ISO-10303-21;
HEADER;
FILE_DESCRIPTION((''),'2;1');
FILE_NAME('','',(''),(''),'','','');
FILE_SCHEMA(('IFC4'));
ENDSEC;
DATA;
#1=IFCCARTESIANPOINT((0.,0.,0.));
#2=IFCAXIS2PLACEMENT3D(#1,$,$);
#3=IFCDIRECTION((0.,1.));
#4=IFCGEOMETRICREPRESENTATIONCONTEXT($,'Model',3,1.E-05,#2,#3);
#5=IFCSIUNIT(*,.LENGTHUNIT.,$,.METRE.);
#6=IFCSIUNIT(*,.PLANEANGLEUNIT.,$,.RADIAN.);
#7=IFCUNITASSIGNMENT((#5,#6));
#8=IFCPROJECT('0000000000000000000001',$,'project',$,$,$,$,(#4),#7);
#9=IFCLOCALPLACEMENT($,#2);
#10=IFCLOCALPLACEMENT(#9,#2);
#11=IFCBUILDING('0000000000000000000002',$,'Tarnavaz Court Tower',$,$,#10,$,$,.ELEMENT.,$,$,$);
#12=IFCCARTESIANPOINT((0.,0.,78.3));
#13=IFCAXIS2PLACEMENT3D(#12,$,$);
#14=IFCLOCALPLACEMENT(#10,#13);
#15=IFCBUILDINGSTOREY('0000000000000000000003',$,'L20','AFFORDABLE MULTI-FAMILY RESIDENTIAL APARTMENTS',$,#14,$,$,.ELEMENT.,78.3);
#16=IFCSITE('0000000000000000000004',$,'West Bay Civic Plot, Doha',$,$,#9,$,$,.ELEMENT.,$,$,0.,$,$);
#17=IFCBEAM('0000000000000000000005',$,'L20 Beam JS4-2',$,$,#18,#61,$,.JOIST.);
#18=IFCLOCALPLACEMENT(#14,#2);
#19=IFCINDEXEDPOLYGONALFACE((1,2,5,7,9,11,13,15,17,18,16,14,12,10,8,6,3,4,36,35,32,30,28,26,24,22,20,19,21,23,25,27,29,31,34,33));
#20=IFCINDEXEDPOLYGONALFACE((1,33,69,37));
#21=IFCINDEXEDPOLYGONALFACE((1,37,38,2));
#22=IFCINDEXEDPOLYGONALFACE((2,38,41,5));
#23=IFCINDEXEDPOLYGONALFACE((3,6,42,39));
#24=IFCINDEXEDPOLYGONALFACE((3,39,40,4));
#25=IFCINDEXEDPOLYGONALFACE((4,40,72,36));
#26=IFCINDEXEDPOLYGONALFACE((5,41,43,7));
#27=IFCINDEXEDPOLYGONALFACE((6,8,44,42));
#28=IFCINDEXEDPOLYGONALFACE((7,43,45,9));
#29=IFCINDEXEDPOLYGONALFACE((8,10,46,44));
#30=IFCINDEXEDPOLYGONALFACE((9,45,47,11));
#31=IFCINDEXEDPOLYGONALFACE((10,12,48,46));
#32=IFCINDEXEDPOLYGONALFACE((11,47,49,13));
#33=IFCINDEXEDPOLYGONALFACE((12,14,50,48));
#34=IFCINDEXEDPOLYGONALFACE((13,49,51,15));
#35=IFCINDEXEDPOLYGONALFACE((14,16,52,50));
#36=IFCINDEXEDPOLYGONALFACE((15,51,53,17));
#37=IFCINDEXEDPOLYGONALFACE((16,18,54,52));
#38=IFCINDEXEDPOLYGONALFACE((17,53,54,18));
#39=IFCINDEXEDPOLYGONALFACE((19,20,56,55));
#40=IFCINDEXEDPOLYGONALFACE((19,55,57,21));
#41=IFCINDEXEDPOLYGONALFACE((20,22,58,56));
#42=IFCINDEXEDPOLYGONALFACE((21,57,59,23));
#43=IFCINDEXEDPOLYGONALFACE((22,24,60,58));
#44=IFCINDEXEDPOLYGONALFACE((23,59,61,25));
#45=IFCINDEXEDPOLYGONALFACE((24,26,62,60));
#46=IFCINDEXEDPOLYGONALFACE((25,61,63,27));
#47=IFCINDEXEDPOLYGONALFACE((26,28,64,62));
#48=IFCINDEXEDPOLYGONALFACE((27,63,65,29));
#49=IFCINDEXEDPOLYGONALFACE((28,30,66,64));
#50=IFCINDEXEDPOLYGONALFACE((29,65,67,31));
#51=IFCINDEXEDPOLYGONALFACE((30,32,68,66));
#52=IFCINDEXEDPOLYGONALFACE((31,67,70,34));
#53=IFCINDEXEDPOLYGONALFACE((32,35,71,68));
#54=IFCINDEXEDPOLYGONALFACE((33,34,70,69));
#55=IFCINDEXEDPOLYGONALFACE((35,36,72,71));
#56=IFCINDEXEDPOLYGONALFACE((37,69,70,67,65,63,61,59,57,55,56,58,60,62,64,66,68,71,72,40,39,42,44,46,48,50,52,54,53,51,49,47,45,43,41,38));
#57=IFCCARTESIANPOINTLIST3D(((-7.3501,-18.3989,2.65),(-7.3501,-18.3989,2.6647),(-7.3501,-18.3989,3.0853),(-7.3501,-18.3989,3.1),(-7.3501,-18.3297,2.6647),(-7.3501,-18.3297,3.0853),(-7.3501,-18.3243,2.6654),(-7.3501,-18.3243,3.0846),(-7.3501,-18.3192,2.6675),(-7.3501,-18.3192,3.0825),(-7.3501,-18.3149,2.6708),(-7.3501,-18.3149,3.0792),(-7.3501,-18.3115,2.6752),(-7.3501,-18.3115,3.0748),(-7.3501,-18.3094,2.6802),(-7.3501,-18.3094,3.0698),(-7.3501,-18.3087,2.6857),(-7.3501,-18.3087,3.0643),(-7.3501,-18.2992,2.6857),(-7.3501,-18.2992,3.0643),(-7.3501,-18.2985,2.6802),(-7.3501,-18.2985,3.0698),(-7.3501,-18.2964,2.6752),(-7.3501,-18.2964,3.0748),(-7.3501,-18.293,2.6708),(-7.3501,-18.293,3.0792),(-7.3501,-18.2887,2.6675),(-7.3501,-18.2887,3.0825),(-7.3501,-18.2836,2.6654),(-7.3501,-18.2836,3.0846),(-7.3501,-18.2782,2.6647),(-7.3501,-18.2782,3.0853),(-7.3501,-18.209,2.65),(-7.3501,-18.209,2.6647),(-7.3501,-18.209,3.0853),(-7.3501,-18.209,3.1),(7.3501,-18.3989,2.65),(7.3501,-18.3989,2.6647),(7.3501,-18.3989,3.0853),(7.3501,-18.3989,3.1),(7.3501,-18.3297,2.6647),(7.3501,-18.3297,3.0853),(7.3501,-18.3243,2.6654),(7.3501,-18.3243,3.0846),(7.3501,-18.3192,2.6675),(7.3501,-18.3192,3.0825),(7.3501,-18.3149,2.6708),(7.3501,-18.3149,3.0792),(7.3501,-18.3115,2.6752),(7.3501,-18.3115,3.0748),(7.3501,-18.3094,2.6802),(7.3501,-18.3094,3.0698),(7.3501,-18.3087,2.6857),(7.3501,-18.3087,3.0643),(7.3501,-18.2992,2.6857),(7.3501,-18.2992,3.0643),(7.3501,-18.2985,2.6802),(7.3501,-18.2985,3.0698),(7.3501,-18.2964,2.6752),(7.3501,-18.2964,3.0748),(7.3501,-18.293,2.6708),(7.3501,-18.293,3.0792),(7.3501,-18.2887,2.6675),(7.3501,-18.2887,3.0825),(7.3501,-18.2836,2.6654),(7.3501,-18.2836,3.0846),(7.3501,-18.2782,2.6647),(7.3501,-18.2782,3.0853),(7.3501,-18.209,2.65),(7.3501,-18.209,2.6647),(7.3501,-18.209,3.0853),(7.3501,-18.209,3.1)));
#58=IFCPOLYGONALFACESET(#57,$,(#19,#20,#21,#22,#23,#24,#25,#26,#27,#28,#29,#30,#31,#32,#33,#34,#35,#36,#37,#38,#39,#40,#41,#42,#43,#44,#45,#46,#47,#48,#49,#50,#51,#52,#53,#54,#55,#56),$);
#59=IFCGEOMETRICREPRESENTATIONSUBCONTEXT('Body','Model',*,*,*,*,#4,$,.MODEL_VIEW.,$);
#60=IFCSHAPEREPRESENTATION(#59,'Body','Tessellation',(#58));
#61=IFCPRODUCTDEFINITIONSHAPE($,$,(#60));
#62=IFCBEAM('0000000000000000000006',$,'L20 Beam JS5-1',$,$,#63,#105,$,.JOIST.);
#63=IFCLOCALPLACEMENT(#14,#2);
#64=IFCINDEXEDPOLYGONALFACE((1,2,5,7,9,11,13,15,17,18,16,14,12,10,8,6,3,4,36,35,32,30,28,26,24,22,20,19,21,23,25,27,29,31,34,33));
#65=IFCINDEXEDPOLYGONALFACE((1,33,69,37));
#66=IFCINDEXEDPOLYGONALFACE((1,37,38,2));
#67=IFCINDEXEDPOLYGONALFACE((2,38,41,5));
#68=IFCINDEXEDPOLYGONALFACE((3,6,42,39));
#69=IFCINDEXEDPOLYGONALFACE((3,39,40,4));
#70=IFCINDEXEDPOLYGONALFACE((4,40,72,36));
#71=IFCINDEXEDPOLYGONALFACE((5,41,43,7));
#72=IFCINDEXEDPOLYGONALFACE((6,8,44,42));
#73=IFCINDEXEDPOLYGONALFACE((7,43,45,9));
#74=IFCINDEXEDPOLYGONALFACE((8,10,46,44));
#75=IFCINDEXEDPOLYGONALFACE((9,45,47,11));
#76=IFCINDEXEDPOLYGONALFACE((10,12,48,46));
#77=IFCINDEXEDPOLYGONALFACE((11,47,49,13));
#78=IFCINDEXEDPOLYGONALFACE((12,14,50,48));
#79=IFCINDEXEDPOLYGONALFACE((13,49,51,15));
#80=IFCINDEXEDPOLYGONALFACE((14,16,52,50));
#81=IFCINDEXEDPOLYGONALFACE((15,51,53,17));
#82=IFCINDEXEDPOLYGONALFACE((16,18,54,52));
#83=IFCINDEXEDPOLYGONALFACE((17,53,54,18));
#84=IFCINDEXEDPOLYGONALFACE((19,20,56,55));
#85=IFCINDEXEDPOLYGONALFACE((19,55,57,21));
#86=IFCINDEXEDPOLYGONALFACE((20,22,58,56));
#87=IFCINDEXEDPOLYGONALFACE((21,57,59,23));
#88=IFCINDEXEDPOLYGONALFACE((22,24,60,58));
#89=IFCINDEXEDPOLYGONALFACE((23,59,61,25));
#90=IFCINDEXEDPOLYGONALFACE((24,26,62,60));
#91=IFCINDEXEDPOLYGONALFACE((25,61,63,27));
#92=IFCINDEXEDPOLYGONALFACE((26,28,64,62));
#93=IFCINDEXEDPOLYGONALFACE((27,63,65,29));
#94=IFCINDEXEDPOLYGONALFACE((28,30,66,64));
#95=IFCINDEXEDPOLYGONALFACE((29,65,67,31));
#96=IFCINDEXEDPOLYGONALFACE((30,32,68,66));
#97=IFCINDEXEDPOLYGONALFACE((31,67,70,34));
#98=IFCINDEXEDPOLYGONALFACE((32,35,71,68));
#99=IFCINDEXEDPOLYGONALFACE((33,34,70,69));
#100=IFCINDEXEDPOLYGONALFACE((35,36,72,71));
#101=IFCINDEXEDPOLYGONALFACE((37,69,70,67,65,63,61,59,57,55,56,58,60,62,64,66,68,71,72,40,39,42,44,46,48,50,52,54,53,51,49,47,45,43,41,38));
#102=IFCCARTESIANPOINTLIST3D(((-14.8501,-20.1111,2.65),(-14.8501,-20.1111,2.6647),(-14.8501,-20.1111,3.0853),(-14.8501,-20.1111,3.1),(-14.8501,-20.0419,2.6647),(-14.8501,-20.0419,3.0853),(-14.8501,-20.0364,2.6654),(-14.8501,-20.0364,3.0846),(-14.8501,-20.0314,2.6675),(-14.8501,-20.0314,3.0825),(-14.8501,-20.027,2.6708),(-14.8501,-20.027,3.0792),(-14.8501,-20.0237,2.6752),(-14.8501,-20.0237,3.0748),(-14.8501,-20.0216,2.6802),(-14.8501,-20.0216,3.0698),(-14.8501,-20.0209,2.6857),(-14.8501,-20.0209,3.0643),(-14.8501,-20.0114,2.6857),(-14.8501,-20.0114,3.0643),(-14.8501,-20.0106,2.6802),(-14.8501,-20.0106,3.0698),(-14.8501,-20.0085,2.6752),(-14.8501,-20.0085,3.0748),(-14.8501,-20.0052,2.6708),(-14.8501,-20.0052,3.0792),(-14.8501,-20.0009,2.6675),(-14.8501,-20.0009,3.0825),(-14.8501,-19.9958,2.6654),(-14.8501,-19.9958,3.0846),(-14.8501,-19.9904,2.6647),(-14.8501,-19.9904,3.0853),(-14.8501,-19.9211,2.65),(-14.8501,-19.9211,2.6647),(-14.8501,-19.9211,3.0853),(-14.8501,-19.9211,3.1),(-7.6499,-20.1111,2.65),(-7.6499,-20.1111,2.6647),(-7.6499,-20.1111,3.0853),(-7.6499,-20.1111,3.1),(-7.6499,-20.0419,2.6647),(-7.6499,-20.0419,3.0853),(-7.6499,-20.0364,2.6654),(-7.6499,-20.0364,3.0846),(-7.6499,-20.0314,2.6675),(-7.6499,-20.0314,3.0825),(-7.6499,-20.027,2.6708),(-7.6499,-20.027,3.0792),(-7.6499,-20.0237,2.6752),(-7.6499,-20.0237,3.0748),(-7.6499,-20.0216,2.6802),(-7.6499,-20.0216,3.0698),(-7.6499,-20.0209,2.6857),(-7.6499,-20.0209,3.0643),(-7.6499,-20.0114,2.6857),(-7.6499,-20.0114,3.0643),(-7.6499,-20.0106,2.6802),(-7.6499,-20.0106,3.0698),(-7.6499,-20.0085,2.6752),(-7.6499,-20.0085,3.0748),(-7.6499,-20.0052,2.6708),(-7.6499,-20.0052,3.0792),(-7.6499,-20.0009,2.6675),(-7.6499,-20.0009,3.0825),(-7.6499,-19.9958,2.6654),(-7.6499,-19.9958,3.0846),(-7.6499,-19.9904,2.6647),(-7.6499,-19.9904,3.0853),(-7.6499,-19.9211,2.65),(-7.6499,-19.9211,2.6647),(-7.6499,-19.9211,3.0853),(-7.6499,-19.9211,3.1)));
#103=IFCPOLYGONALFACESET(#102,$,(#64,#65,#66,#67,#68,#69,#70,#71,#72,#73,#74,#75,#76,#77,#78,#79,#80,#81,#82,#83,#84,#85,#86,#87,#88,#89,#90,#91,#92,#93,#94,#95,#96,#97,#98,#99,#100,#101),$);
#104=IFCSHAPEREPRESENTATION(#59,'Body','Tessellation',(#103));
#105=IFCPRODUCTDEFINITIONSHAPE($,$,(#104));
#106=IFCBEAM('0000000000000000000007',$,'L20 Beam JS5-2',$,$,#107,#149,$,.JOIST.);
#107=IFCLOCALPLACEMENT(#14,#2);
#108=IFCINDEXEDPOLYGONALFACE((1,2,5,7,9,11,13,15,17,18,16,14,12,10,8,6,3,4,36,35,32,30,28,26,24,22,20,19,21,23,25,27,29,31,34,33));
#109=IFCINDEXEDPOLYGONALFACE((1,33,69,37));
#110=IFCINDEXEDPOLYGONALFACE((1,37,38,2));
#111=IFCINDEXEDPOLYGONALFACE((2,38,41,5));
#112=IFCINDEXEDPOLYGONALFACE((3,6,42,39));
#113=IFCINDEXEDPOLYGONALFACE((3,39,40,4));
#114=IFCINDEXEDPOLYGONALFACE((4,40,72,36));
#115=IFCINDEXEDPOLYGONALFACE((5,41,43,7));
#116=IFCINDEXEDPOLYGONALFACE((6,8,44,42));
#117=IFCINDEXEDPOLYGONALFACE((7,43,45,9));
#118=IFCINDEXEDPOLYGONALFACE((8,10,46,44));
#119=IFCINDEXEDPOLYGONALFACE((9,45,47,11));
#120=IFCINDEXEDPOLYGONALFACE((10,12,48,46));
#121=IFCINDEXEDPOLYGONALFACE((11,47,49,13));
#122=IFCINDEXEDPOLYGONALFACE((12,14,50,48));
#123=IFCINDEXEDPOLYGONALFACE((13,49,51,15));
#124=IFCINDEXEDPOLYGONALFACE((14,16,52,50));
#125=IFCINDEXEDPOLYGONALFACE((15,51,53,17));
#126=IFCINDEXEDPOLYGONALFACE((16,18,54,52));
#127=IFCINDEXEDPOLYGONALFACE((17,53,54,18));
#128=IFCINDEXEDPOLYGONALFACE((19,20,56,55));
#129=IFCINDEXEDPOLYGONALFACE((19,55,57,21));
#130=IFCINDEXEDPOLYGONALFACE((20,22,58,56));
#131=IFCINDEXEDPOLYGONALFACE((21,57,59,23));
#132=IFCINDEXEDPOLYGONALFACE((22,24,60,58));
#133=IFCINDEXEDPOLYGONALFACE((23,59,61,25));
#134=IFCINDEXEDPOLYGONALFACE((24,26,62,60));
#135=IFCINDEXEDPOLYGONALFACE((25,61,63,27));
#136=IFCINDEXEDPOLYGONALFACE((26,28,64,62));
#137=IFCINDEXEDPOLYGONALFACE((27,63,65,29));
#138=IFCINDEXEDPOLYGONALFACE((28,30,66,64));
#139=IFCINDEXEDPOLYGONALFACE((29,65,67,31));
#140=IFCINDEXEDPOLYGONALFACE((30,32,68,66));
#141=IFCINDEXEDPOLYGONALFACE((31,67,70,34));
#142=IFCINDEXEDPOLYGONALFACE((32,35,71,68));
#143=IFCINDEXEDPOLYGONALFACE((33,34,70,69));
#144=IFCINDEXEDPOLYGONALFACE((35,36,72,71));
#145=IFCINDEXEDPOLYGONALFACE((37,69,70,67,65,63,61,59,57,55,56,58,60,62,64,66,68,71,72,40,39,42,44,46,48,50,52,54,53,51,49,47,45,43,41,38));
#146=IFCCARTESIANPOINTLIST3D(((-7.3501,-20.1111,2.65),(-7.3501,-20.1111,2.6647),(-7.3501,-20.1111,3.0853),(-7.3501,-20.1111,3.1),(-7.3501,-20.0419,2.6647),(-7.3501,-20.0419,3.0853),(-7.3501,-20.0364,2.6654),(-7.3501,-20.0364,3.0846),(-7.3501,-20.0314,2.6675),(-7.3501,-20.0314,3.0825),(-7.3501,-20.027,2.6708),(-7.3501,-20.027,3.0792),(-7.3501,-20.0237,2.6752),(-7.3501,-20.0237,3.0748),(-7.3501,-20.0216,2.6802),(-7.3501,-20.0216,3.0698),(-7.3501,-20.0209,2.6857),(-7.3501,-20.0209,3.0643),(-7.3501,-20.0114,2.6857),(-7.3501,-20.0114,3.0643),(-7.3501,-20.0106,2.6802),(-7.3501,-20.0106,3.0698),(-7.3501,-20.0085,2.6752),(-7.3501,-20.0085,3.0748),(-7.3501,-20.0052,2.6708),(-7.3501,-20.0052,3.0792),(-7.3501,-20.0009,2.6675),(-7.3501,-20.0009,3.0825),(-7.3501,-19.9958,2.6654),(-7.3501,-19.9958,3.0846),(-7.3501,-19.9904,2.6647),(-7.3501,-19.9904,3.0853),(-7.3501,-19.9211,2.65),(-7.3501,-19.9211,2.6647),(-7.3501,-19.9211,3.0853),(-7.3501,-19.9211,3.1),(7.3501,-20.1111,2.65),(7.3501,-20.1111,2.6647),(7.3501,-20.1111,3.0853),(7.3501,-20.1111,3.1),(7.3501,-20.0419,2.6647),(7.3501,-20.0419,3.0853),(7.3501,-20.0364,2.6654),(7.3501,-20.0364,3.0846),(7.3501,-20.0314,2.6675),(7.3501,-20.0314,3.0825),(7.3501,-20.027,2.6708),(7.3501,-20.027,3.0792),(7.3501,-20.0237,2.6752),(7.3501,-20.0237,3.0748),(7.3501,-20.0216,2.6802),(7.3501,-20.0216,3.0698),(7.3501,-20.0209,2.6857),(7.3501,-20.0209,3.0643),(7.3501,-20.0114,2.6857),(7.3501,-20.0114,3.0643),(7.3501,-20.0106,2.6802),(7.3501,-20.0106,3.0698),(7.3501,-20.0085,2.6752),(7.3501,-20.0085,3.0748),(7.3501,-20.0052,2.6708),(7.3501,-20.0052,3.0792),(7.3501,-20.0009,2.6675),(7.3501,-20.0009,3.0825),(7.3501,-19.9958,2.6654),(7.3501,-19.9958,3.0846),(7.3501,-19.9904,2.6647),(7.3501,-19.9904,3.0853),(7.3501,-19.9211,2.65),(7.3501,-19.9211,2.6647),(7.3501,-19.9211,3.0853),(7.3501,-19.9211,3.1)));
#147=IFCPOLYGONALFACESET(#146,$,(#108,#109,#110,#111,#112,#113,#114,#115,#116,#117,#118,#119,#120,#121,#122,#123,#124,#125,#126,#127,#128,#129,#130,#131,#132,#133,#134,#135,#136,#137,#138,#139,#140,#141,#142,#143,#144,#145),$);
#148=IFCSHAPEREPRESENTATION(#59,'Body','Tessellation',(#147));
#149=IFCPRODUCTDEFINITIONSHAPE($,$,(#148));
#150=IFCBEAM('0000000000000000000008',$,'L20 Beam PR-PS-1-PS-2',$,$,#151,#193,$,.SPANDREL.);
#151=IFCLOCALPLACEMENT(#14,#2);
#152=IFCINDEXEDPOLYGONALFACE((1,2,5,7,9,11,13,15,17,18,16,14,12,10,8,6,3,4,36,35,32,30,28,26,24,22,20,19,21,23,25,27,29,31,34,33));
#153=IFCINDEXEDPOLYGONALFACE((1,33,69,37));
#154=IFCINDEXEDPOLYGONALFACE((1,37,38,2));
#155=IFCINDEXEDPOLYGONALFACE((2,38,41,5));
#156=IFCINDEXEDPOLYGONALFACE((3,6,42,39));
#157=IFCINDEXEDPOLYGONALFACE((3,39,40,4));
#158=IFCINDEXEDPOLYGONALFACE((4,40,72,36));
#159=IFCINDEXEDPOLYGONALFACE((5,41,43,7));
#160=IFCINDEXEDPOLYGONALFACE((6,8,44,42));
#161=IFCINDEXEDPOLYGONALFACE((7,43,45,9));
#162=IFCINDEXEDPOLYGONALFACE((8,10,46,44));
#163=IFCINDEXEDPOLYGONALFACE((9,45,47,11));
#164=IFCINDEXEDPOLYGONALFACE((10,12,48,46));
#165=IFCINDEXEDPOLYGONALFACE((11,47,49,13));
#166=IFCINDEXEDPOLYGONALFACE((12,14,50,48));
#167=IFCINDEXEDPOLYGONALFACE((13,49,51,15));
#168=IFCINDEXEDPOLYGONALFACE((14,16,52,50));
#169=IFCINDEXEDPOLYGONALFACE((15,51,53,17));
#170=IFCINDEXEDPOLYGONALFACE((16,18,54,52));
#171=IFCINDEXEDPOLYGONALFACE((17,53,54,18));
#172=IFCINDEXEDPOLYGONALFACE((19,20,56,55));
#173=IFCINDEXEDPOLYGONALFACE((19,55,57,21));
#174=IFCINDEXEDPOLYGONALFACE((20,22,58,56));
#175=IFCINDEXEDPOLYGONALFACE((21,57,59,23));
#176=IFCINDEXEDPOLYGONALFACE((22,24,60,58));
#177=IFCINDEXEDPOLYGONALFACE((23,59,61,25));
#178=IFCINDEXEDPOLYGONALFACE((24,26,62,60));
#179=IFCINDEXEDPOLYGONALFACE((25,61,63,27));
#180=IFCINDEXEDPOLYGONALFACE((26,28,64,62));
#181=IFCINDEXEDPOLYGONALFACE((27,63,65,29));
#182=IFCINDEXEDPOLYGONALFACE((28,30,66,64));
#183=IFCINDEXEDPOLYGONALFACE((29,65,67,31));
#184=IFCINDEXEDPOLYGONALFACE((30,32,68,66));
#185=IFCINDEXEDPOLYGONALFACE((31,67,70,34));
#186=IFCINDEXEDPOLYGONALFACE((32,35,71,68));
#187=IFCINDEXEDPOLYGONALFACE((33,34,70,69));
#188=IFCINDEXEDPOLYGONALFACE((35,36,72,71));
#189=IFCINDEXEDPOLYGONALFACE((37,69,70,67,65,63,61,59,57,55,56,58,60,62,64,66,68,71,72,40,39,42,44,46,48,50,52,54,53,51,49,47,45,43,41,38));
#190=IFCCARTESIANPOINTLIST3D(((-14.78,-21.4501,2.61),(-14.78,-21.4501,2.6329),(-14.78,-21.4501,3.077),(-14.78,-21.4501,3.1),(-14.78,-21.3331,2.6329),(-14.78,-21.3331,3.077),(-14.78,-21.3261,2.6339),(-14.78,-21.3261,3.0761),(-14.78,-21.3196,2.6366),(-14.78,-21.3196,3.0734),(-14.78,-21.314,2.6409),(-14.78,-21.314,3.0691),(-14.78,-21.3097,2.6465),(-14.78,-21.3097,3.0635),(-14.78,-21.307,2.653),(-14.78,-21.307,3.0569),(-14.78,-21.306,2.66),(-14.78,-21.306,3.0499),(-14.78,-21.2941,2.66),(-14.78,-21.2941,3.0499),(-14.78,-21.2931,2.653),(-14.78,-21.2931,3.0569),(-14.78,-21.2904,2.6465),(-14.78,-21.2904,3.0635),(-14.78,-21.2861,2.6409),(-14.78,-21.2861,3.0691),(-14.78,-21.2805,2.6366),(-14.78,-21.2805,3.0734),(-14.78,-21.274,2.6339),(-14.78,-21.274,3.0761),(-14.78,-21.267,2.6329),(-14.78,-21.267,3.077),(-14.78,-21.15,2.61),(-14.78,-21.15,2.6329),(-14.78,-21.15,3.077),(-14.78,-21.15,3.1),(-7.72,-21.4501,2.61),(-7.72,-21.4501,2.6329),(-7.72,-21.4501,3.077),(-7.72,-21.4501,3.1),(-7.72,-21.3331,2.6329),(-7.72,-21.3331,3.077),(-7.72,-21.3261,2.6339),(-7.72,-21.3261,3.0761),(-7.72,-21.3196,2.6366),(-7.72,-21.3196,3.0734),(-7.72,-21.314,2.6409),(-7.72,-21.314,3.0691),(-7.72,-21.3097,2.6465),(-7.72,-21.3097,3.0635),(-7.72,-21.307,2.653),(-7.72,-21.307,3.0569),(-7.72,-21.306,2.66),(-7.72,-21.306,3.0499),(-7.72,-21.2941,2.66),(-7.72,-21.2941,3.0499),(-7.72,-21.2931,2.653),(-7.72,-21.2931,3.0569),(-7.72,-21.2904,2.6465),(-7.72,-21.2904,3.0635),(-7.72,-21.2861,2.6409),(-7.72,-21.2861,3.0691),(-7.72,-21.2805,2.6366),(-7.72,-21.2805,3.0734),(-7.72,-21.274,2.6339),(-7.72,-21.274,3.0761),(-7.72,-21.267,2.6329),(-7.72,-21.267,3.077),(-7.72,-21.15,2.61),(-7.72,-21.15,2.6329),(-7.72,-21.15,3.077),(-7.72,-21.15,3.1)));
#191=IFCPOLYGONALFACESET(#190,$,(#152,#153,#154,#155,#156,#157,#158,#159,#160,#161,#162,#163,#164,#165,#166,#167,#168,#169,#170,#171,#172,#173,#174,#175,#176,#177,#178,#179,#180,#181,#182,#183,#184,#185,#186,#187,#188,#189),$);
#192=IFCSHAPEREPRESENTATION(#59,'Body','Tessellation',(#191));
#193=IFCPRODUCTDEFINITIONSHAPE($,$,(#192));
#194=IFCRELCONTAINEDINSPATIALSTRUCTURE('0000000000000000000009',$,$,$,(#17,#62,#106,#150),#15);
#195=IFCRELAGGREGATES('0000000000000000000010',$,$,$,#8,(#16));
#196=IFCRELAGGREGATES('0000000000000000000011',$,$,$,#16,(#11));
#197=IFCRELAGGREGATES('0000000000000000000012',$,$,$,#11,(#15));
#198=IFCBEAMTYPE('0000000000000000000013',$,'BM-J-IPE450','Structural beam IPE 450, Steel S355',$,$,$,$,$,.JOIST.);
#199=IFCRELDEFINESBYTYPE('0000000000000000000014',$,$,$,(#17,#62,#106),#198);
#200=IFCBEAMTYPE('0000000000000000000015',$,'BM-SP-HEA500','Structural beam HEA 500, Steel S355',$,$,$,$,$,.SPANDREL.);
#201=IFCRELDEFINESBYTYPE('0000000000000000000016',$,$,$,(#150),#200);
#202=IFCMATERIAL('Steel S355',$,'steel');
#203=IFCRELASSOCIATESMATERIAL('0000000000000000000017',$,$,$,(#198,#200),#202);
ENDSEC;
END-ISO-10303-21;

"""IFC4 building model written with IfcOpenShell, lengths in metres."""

from ifc_helpers import new_model, si_unit, direction, frame, origin, origin_2d, place, context, subcontext, project, spatial, i_section, extrude, material, material_profile, profile_set, type_object, element, save


model = new_model("IFC4")

# Units and contexts
model_context = context("Model", 3, precision=1e-05, world=origin(), true_north=direction((0.0, 1.0)))
body_context = subcontext(model_context, "Body", "Model", "MODEL_VIEW")
ifc_project = project(units=[si_unit("LENGTHUNIT", "METRE"), si_unit("PLANEANGLEUNIT", "RADIAN")], contexts=[model_context])

# Site, building, storey
site_placement = place(None, origin())
site = spatial("IfcSite", under=ifc_project, at=site_placement, Name="West Bay Civic Plot, Doha", CompositionType="ELEMENT", RefElevation=0.0)
building_placement = place(site_placement, origin())
building = spatial("IfcBuilding", under=site, at=building_placement, Name="Tarnavaz Court Tower", CompositionType="ELEMENT")
storey_placement = place(building_placement, frame((0.0, 0.0, 78.3)))
storey = spatial("IfcBuildingStorey", under=building, at=storey_placement, Name="L20", Description="AFFORDABLE MULTI-FAMILY RESIDENTIAL APARTMENTS", CompositionType="ELEMENT", Elevation=78.3)

# Beams
ifc_material_1 = material(Name="Steel S355", Category="steel")
ifc_material_profile_1 = material_profile(ifc_material_1, i_section(OverallWidth=0.1899, OverallDepth=0.45, WebThickness=0.0095, FlangeThickness=0.0146, FilletRadius=0.021, at=origin_2d()), Name="IPE 450")
ifc_profile_set_1 = profile_set([ifc_material_profile_1], Name="Steel S355")
beam_type_1 = type_object("IfcBeamType", Name="BM-J-IPE450", Description="Structural beam IPE 450, Steel S355", PredefinedType="JOIST", material=ifc_profile_set_1)
beam_1_placement = place(storey_placement, frame((-7.3501, -18.304, 2.875), z_axis=(1.0, 0.0, 0.0), x_axis=(0.0, 1.0, 0.0)))
element("IfcBeam", 1, at=beam_1_placement, inside=storey, type_object=beam_type_1, Name="L20 Beam JS4-2", PredefinedType="JOIST", context=body_context, shape_type="SweptSolid", body=[
    extrude(i_section(OverallWidth=0.1899, OverallDepth=0.45, WebThickness=0.0095, FlangeThickness=0.0146, FilletRadius=0.021, at=origin_2d()), origin(), (0.0, 0.0, 1.0), 14.7002),
])
beam_2_placement = place(storey_placement, frame((-14.8501, -20.0161, 2.875), z_axis=(1.0, 0.0, 0.0), x_axis=(0.0, 1.0, 0.0)))
element("IfcBeam", 2, at=beam_2_placement, inside=storey, type_object=beam_type_1, Name="L20 Beam JS5-1", PredefinedType="JOIST", context=body_context, shape_type="SweptSolid", body=[
    extrude(i_section(OverallWidth=0.1899, OverallDepth=0.45, WebThickness=0.0095, FlangeThickness=0.0146, FilletRadius=0.021, at=origin_2d()), origin(), (0.0, 0.0, 1.0), 7.2002),
])
beam_3_placement = place(storey_placement, frame((-7.3501, -20.0161, 2.875), z_axis=(1.0, 0.0, 0.0), x_axis=(0.0, 1.0, 0.0)))
element("IfcBeam", 3, at=beam_3_placement, inside=storey, type_object=beam_type_1, Name="L20 Beam JS5-2", PredefinedType="JOIST", context=body_context, shape_type="SweptSolid", body=[
    extrude(i_section(OverallWidth=0.1899, OverallDepth=0.45, WebThickness=0.0095, FlangeThickness=0.0146, FilletRadius=0.021, at=origin_2d()), origin(), (0.0, 0.0, 1.0), 14.7002),
])
ifc_material_profile_2 = material_profile(ifc_material_1, i_section(OverallWidth=0.3, OverallDepth=0.49, WebThickness=0.012, FlangeThickness=0.0229, FilletRadius=0.0271, at=origin_2d()), Name="HEA 500")
ifc_profile_set_2 = profile_set([ifc_material_profile_2], Name="Steel S355")
beam_type_2 = type_object("IfcBeamType", Name="BM-SP-HEA500", Description="Structural beam HEA 500, Steel S355", PredefinedType="SPANDREL", material=ifc_profile_set_2)
beam_4_placement = place(storey_placement, frame((-14.78, -21.3, 2.855), z_axis=(1.0, 0.0, 0.0), x_axis=(0.0, 1.0, 0.0)))
element("IfcBeam", 4, at=beam_4_placement, inside=storey, type_object=beam_type_2, Name="L20 Beam PR-PS-1-PS-2", PredefinedType="SPANDREL", context=body_context, shape_type="SweptSolid", body=[
    extrude(i_section(OverallWidth=0.3, OverallDepth=0.49, WebThickness=0.012, FlangeThickness=0.0229, FilletRadius=0.0271, at=origin_2d()), origin(), (0.0, 0.0, 1.0), 7.0601),
])

save(model, "model.ifc")
